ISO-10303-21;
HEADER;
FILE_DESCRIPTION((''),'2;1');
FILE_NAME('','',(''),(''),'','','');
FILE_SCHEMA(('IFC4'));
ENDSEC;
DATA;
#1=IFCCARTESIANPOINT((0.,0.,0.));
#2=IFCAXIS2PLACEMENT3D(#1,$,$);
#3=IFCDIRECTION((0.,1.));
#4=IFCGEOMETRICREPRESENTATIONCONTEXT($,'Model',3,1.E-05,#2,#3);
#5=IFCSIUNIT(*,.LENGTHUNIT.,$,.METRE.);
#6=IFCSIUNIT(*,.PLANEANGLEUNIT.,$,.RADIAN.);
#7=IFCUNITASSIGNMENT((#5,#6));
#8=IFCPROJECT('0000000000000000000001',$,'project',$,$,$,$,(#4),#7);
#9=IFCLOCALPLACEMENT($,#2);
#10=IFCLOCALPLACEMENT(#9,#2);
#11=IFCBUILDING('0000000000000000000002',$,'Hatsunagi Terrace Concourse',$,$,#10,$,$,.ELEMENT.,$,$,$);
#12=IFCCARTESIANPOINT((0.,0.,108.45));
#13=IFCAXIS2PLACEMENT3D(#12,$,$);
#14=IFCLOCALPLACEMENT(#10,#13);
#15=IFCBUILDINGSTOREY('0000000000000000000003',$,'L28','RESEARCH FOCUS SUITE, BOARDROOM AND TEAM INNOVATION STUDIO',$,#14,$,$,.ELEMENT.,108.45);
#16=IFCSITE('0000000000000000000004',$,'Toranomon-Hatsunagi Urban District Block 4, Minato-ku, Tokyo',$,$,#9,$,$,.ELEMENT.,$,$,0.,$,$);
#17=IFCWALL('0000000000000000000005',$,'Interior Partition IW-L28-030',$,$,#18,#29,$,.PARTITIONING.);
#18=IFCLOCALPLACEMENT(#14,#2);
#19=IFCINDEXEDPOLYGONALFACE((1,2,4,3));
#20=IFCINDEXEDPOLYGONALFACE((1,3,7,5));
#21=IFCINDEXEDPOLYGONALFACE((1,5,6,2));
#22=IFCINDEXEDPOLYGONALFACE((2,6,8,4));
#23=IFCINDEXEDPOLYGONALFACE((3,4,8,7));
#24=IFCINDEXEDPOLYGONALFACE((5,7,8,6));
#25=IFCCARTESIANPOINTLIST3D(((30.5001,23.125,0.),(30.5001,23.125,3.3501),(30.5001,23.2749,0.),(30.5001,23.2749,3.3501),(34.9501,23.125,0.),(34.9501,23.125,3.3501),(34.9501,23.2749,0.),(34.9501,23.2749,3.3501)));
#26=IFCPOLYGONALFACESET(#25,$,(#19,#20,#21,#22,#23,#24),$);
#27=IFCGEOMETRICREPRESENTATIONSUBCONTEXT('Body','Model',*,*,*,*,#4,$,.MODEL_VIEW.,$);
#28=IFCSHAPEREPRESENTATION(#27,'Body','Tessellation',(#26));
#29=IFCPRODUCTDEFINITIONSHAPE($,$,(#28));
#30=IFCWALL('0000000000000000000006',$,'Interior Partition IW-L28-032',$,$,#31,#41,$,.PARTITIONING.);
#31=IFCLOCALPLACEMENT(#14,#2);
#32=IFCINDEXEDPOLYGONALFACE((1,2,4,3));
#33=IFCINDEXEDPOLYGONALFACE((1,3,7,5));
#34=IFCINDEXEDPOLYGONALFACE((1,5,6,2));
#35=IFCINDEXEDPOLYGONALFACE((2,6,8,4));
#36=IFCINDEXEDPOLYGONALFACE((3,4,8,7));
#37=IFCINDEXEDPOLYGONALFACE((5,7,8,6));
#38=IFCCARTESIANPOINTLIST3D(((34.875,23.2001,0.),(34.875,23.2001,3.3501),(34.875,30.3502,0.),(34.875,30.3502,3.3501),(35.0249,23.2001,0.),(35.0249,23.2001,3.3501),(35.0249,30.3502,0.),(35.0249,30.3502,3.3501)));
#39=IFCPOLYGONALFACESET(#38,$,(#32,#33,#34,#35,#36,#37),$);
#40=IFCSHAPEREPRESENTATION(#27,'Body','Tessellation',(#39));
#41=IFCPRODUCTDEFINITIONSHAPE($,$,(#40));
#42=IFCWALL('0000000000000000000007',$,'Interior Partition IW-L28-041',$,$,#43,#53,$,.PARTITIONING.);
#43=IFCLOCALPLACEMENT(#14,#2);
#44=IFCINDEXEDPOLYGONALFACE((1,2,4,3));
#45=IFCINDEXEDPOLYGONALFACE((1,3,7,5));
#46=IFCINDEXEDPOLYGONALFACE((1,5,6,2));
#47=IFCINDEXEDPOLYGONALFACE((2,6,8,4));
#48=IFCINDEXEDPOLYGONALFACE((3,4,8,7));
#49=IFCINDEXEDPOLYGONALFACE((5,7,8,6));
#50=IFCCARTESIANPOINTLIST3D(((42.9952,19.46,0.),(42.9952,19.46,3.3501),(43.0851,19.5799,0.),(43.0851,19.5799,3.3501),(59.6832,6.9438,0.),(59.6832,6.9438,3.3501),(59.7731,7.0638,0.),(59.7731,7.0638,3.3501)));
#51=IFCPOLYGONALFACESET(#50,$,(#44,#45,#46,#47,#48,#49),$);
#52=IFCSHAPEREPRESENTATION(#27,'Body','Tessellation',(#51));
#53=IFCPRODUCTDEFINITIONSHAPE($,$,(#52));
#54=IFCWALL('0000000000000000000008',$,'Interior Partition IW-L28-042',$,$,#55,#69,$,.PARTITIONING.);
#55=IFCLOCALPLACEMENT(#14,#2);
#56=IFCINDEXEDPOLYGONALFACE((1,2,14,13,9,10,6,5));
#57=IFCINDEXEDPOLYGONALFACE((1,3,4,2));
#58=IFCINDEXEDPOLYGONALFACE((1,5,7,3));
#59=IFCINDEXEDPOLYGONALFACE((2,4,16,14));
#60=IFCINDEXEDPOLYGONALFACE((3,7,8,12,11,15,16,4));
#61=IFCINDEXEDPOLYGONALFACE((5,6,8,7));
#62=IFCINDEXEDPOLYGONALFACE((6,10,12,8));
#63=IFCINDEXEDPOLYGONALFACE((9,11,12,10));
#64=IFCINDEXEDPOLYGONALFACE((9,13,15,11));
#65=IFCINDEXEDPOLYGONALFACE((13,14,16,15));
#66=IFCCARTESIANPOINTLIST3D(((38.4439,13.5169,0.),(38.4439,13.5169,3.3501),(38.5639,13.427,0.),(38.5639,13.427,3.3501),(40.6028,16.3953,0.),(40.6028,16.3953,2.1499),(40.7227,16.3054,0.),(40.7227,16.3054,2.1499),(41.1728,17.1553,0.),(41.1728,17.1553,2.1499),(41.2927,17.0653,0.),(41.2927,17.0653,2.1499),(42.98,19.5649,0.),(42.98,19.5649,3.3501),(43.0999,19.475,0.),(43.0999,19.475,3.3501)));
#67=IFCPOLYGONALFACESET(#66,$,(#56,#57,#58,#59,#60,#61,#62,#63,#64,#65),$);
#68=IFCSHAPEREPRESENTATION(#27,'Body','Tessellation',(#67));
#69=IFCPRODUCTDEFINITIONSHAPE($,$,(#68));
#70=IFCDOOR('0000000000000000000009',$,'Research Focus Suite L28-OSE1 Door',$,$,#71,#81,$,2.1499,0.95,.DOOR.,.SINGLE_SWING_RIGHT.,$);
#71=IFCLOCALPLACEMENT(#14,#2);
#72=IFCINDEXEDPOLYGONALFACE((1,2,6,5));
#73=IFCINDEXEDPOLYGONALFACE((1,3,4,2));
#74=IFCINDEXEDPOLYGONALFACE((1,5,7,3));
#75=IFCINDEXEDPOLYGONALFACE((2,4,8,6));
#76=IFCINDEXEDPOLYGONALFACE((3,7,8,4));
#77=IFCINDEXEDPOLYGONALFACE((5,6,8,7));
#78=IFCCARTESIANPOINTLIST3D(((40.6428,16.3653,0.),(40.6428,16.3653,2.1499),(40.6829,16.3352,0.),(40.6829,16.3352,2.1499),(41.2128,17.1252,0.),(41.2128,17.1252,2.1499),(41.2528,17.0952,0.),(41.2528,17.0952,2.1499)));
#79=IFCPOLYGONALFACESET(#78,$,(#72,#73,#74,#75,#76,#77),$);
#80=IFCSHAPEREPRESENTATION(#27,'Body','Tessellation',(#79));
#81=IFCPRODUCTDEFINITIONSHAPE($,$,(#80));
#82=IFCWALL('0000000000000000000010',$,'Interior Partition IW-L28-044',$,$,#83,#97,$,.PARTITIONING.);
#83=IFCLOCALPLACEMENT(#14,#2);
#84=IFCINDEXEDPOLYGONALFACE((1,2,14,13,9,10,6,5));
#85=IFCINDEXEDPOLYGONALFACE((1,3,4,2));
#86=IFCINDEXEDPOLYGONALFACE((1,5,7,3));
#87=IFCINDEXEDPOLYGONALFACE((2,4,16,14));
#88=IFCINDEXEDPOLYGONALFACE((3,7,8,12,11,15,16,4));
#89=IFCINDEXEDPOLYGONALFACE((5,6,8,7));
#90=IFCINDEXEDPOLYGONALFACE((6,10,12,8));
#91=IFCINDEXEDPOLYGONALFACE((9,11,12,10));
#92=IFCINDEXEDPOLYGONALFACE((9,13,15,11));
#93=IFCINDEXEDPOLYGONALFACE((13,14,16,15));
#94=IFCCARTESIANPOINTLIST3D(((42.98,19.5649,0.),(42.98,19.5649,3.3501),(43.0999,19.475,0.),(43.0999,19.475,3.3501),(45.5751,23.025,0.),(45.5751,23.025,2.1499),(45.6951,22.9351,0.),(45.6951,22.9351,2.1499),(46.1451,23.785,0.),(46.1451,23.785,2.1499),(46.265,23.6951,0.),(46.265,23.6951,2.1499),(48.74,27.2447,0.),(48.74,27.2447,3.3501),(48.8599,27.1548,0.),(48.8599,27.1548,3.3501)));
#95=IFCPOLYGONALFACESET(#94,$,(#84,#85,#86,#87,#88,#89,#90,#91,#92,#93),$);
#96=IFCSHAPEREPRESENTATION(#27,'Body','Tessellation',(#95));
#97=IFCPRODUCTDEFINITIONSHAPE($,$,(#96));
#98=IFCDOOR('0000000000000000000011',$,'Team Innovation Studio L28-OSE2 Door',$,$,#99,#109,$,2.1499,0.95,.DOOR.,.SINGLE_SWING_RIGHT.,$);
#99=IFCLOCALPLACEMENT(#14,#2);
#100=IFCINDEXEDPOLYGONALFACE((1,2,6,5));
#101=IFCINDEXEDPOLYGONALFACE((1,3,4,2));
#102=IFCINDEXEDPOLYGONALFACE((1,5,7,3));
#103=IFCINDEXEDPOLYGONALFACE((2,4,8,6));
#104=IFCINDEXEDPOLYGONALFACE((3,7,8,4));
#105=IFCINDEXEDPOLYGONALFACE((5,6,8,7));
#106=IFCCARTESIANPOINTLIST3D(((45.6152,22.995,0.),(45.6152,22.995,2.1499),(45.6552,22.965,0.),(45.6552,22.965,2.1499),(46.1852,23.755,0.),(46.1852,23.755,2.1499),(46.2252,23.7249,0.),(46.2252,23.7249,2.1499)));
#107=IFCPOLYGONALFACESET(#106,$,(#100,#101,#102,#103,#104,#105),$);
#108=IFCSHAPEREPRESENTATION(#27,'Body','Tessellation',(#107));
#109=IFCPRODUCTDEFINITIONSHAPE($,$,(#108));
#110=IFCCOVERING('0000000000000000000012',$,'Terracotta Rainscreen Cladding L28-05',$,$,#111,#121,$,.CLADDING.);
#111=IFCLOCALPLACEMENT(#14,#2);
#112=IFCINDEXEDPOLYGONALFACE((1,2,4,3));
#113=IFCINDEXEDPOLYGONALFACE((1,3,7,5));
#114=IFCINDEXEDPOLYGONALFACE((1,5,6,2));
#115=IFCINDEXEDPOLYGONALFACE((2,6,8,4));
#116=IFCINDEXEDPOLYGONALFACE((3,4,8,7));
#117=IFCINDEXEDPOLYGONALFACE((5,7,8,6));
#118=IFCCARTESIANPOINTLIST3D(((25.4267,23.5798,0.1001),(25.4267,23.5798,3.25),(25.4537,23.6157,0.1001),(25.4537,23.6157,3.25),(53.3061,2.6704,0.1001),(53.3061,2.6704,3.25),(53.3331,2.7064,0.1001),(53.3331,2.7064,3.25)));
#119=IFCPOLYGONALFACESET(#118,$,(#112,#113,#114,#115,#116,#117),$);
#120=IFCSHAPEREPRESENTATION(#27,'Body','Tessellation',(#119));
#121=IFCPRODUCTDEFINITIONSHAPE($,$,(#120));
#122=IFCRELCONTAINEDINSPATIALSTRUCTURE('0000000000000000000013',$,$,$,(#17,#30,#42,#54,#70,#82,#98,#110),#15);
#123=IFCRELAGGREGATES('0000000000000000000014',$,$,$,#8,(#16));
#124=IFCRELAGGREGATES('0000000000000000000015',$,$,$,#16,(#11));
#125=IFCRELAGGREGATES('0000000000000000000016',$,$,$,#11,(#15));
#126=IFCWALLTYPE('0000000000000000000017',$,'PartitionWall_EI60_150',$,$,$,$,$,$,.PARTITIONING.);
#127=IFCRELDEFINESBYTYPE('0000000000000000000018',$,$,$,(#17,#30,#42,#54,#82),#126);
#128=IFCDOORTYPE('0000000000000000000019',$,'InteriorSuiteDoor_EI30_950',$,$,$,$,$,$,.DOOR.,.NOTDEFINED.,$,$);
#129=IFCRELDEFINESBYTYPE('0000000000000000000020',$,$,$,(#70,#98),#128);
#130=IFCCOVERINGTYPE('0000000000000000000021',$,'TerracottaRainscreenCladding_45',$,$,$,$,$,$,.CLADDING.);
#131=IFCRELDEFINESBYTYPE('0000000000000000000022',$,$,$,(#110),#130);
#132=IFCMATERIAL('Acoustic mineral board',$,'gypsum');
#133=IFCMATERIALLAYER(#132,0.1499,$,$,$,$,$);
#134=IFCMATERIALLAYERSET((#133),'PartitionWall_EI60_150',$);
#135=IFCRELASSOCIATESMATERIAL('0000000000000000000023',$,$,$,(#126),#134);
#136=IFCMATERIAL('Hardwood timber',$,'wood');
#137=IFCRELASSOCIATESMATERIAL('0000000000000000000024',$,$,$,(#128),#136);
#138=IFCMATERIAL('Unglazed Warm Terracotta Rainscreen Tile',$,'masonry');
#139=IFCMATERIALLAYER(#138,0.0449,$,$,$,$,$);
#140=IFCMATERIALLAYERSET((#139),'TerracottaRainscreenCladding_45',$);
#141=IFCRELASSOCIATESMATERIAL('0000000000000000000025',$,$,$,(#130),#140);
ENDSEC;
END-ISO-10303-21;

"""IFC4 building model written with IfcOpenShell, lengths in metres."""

from ifc_helpers import new_model, si_unit, direction, frame, frame_2d, origin, origin_2d, place, context, subcontext, project, spatial, rectangle, extrude, material, layer, layer_set, type_object, element, fill, save


model = new_model("IFC4")

# Units and contexts
model_context = context("Model", 3, precision=1e-05, world=origin(), true_north=direction((0.0, 1.0)))
body_context = subcontext(model_context, "Body", "Model", "MODEL_VIEW")
ifc_project = project(units=[si_unit("LENGTHUNIT", "METRE"), si_unit("PLANEANGLEUNIT", "RADIAN")], contexts=[model_context])

# Site, building, storey
site_placement = place(None, origin())
site = spatial("IfcSite", under=ifc_project, at=site_placement, Name="Toranomon-Hatsunagi Urban District Block 4, Minato-ku, Tokyo", CompositionType="ELEMENT", RefElevation=0.0)
building_placement = place(site_placement, origin())
building = spatial("IfcBuilding", under=site, at=building_placement, Name="Hatsunagi Terrace Concourse", CompositionType="ELEMENT")
storey_placement = place(building_placement, frame((0.0, 0.0, 108.45)))
storey = spatial("IfcBuildingStorey", under=building, at=storey_placement, Name="L28", Description="RESEARCH FOCUS SUITE, BOARDROOM AND TEAM INNOVATION STUDIO", CompositionType="ELEMENT", Elevation=108.45)

# Walls
ifc_material_1 = material(Name="Acoustic mineral board", Category="gypsum")
ifc_layer_1 = layer(ifc_material_1, 0.1499)
ifc_layer_set_1 = layer_set([ifc_layer_1], Name="PartitionWall_EI60_150")
wall_type_1 = type_object("IfcWallType", Name="PartitionWall_EI60_150", PredefinedType="PARTITIONING", material=ifc_layer_set_1)
wall_1_placement = place(storey_placement, frame((30.5, 23.2, 0.0), z_axis=(0.0, 0.0, 1.0), x_axis=(1.0, 0.0, 0.0)))
element("IfcWall", 1, at=wall_1_placement, inside=storey, type_object=wall_type_1, Name="Interior Partition IW-L28-030", PredefinedType="PARTITIONING", context=body_context, shape_type="SweptSolid", body=[
    extrude(rectangle(XDim=4.45, YDim=0.1499, at=frame_2d((2.2251, 0.0))), origin(), (0.0, 0.0, 1.0), 3.3501),
])
wall_2_placement = place(storey_placement, frame((34.95, 23.2, 0.0), z_axis=(0.0, 0.0, 1.0), x_axis=(0.0, 1.0, 0.0)))
element("IfcWall", 2, at=wall_2_placement, inside=storey, type_object=wall_type_1, Name="Interior Partition IW-L28-032", PredefinedType="PARTITIONING", context=body_context, shape_type="SweptSolid", body=[
    extrude(rectangle(XDim=7.1501, YDim=0.1499, at=frame_2d((3.5752, 0.0))), origin(), (0.0, 0.0, 1.0), 3.3501),
])
wall_3_placement = place(storey_placement, frame((43.04, 19.52, 0.0), z_axis=(0.0, 0.0, 1.0), x_axis=(0.799997, -0.600004, 0.0)))
element("IfcWall", 3, at=wall_3_placement, inside=storey, type_object=wall_type_1, Name="Interior Partition IW-L28-041", PredefinedType="PARTITIONING", context=body_context, shape_type="SweptSolid", body=[
    extrude(rectangle(XDim=20.8601, YDim=0.1499, at=frame_2d((10.4302, 0.0))), origin(), (0.0, 0.0, 1.0), 3.3501),
])

# Walls, openings, doors
wall_4_placement = place(storey_placement, frame((38.5039, 13.4719, 0.0), z_axis=(0.0, 0.0, 1.0), x_axis=(0.600005, 0.799996, 0.0)))
wall_4 = element("IfcWall", 4, at=wall_4_placement, inside=storey, type_object=wall_type_1, Name="Interior Partition IW-L28-042", PredefinedType="PARTITIONING", context=body_context, shape_type="SweptSolid", body=[
    extrude(rectangle(XDim=7.5601, YDim=0.1499, at=frame_2d((3.78, 0.0))), origin(), (0.0, 0.0, 1.0), 3.3501),
])
opening_1_placement = place(wall_4_placement, frame((3.5979, 0.0, 0.0)))
opening_1 = element("IfcOpeningElement", 5, at=opening_1_placement, cuts=wall_4, PredefinedType="OPENING", context=body_context, shape_type="SweptSolid", body=[
    extrude(rectangle(XDim=0.95, YDim=2.1499, at=frame_2d((0.4751, 1.075))), frame((0.0, 0.085, 0.0), z_axis=(0.0, -1.0, 0.0), x_axis=(1.0, 0.0, 0.0)), (0.0, 0.0, 1.0), 0.1699),
])
ifc_material_2 = material(Name="Hardwood timber", Category="wood")
door_type = type_object("IfcDoorType", Name="InteriorSuiteDoor_EI30_950", OperationType="NOTDEFINED", PredefinedType="DOOR", material=ifc_material_2)
door_1_placement = place(opening_1_placement, origin())
door_1 = element("IfcDoor", 6, at=door_1_placement, inside=storey, type_object=door_type, Name="Research Focus Suite L28-OSE1 Door", OperationType="SINGLE_SWING_RIGHT", OverallHeight=2.1499, OverallWidth=0.95, PredefinedType="DOOR", context=body_context, shape_type="SweptSolid", body=[
    extrude(rectangle(XDim=0.95, YDim=2.1499, at=frame_2d((0.4751, 1.075))), frame((0.0, 0.0249, 0.0), z_axis=(0.0, -1.0, 0.0), x_axis=(1.0, 0.0, 0.0)), (0.0, 0.0, 1.0), 0.05),
])
fill(opening_1, door_1)
wall_5_placement = place(storey_placement, frame((43.04, 19.52, 0.0), z_axis=(0.0, 0.0, 1.0), x_axis=(0.600004, 0.799997, 0.0)))
wall_5 = element("IfcWall", 7, at=wall_5_placement, inside=storey, type_object=wall_type_1, Name="Interior Partition IW-L28-044", PredefinedType="PARTITIONING", context=body_context, shape_type="SweptSolid", body=[
    extrude(rectangle(XDim=9.5999, YDim=0.1499, at=frame_2d((4.7998, 0.0))), origin(), (0.0, 0.0, 1.0), 3.3501),
])
opening_2_placement = place(wall_5_placement, frame((4.325, 0.0, 0.0)))
opening_2 = element("IfcOpeningElement", 8, at=opening_2_placement, cuts=wall_5, PredefinedType="OPENING", context=body_context, shape_type="SweptSolid", body=[
    extrude(rectangle(XDim=0.95, YDim=2.1499, at=frame_2d((0.4751, 1.075))), frame((0.0, 0.085, 0.0), z_axis=(0.0, -1.0, 0.0), x_axis=(1.0, 0.0, 0.0)), (0.0, 0.0, 1.0), 0.1699),
])
door_2_placement = place(opening_2_placement, origin())
door_2 = element("IfcDoor", 9, at=door_2_placement, inside=storey, type_object=door_type, Name="Team Innovation Studio L28-OSE2 Door", OperationType="SINGLE_SWING_RIGHT", OverallHeight=2.1499, OverallWidth=0.95, PredefinedType="DOOR", context=body_context, shape_type="SweptSolid", body=[
    extrude(rectangle(XDim=0.95, YDim=2.1499, at=frame_2d((0.4751, 1.075))), frame((0.0, 0.0249, 0.0), z_axis=(0.0, -1.0, 0.0), x_axis=(1.0, 0.0, 0.0)), (0.0, 0.0, 1.0), 0.05),
])
fill(opening_2, door_2)

# Covering
ifc_material_3 = material(Name="Unglazed Warm Terracotta Rainscreen Tile", Category="masonry")
ifc_layer_2 = layer(ifc_material_3, 0.0449)
ifc_layer_set_2 = layer_set([ifc_layer_2], Name="TerracottaRainscreenCladding_45")
covering_type = type_object("IfcCoveringType", Name="TerracottaRainscreenCladding_45", PredefinedType="CLADDING", material=ifc_layer_set_2)
covering_placement = place(storey_placement, frame((39.3799, 13.1431, 0.1001), z_axis=(0.0, 0.0, 1.0), x_axis=(-0.800003, 0.599996, 0.0)))
element("IfcCovering", 10, at=covering_placement, inside=storey, type_object=covering_type, Name="Terracotta Rainscreen Cladding L28-05", PredefinedType="CLADDING", context=body_context, shape_type="SweptSolid", body=[
    extrude(rectangle(XDim=34.8491, YDim=0.0449, at=origin_2d()), origin(), (0.0, 0.0, 1.0), 3.1499),
])

save(model, "model.ifc")
